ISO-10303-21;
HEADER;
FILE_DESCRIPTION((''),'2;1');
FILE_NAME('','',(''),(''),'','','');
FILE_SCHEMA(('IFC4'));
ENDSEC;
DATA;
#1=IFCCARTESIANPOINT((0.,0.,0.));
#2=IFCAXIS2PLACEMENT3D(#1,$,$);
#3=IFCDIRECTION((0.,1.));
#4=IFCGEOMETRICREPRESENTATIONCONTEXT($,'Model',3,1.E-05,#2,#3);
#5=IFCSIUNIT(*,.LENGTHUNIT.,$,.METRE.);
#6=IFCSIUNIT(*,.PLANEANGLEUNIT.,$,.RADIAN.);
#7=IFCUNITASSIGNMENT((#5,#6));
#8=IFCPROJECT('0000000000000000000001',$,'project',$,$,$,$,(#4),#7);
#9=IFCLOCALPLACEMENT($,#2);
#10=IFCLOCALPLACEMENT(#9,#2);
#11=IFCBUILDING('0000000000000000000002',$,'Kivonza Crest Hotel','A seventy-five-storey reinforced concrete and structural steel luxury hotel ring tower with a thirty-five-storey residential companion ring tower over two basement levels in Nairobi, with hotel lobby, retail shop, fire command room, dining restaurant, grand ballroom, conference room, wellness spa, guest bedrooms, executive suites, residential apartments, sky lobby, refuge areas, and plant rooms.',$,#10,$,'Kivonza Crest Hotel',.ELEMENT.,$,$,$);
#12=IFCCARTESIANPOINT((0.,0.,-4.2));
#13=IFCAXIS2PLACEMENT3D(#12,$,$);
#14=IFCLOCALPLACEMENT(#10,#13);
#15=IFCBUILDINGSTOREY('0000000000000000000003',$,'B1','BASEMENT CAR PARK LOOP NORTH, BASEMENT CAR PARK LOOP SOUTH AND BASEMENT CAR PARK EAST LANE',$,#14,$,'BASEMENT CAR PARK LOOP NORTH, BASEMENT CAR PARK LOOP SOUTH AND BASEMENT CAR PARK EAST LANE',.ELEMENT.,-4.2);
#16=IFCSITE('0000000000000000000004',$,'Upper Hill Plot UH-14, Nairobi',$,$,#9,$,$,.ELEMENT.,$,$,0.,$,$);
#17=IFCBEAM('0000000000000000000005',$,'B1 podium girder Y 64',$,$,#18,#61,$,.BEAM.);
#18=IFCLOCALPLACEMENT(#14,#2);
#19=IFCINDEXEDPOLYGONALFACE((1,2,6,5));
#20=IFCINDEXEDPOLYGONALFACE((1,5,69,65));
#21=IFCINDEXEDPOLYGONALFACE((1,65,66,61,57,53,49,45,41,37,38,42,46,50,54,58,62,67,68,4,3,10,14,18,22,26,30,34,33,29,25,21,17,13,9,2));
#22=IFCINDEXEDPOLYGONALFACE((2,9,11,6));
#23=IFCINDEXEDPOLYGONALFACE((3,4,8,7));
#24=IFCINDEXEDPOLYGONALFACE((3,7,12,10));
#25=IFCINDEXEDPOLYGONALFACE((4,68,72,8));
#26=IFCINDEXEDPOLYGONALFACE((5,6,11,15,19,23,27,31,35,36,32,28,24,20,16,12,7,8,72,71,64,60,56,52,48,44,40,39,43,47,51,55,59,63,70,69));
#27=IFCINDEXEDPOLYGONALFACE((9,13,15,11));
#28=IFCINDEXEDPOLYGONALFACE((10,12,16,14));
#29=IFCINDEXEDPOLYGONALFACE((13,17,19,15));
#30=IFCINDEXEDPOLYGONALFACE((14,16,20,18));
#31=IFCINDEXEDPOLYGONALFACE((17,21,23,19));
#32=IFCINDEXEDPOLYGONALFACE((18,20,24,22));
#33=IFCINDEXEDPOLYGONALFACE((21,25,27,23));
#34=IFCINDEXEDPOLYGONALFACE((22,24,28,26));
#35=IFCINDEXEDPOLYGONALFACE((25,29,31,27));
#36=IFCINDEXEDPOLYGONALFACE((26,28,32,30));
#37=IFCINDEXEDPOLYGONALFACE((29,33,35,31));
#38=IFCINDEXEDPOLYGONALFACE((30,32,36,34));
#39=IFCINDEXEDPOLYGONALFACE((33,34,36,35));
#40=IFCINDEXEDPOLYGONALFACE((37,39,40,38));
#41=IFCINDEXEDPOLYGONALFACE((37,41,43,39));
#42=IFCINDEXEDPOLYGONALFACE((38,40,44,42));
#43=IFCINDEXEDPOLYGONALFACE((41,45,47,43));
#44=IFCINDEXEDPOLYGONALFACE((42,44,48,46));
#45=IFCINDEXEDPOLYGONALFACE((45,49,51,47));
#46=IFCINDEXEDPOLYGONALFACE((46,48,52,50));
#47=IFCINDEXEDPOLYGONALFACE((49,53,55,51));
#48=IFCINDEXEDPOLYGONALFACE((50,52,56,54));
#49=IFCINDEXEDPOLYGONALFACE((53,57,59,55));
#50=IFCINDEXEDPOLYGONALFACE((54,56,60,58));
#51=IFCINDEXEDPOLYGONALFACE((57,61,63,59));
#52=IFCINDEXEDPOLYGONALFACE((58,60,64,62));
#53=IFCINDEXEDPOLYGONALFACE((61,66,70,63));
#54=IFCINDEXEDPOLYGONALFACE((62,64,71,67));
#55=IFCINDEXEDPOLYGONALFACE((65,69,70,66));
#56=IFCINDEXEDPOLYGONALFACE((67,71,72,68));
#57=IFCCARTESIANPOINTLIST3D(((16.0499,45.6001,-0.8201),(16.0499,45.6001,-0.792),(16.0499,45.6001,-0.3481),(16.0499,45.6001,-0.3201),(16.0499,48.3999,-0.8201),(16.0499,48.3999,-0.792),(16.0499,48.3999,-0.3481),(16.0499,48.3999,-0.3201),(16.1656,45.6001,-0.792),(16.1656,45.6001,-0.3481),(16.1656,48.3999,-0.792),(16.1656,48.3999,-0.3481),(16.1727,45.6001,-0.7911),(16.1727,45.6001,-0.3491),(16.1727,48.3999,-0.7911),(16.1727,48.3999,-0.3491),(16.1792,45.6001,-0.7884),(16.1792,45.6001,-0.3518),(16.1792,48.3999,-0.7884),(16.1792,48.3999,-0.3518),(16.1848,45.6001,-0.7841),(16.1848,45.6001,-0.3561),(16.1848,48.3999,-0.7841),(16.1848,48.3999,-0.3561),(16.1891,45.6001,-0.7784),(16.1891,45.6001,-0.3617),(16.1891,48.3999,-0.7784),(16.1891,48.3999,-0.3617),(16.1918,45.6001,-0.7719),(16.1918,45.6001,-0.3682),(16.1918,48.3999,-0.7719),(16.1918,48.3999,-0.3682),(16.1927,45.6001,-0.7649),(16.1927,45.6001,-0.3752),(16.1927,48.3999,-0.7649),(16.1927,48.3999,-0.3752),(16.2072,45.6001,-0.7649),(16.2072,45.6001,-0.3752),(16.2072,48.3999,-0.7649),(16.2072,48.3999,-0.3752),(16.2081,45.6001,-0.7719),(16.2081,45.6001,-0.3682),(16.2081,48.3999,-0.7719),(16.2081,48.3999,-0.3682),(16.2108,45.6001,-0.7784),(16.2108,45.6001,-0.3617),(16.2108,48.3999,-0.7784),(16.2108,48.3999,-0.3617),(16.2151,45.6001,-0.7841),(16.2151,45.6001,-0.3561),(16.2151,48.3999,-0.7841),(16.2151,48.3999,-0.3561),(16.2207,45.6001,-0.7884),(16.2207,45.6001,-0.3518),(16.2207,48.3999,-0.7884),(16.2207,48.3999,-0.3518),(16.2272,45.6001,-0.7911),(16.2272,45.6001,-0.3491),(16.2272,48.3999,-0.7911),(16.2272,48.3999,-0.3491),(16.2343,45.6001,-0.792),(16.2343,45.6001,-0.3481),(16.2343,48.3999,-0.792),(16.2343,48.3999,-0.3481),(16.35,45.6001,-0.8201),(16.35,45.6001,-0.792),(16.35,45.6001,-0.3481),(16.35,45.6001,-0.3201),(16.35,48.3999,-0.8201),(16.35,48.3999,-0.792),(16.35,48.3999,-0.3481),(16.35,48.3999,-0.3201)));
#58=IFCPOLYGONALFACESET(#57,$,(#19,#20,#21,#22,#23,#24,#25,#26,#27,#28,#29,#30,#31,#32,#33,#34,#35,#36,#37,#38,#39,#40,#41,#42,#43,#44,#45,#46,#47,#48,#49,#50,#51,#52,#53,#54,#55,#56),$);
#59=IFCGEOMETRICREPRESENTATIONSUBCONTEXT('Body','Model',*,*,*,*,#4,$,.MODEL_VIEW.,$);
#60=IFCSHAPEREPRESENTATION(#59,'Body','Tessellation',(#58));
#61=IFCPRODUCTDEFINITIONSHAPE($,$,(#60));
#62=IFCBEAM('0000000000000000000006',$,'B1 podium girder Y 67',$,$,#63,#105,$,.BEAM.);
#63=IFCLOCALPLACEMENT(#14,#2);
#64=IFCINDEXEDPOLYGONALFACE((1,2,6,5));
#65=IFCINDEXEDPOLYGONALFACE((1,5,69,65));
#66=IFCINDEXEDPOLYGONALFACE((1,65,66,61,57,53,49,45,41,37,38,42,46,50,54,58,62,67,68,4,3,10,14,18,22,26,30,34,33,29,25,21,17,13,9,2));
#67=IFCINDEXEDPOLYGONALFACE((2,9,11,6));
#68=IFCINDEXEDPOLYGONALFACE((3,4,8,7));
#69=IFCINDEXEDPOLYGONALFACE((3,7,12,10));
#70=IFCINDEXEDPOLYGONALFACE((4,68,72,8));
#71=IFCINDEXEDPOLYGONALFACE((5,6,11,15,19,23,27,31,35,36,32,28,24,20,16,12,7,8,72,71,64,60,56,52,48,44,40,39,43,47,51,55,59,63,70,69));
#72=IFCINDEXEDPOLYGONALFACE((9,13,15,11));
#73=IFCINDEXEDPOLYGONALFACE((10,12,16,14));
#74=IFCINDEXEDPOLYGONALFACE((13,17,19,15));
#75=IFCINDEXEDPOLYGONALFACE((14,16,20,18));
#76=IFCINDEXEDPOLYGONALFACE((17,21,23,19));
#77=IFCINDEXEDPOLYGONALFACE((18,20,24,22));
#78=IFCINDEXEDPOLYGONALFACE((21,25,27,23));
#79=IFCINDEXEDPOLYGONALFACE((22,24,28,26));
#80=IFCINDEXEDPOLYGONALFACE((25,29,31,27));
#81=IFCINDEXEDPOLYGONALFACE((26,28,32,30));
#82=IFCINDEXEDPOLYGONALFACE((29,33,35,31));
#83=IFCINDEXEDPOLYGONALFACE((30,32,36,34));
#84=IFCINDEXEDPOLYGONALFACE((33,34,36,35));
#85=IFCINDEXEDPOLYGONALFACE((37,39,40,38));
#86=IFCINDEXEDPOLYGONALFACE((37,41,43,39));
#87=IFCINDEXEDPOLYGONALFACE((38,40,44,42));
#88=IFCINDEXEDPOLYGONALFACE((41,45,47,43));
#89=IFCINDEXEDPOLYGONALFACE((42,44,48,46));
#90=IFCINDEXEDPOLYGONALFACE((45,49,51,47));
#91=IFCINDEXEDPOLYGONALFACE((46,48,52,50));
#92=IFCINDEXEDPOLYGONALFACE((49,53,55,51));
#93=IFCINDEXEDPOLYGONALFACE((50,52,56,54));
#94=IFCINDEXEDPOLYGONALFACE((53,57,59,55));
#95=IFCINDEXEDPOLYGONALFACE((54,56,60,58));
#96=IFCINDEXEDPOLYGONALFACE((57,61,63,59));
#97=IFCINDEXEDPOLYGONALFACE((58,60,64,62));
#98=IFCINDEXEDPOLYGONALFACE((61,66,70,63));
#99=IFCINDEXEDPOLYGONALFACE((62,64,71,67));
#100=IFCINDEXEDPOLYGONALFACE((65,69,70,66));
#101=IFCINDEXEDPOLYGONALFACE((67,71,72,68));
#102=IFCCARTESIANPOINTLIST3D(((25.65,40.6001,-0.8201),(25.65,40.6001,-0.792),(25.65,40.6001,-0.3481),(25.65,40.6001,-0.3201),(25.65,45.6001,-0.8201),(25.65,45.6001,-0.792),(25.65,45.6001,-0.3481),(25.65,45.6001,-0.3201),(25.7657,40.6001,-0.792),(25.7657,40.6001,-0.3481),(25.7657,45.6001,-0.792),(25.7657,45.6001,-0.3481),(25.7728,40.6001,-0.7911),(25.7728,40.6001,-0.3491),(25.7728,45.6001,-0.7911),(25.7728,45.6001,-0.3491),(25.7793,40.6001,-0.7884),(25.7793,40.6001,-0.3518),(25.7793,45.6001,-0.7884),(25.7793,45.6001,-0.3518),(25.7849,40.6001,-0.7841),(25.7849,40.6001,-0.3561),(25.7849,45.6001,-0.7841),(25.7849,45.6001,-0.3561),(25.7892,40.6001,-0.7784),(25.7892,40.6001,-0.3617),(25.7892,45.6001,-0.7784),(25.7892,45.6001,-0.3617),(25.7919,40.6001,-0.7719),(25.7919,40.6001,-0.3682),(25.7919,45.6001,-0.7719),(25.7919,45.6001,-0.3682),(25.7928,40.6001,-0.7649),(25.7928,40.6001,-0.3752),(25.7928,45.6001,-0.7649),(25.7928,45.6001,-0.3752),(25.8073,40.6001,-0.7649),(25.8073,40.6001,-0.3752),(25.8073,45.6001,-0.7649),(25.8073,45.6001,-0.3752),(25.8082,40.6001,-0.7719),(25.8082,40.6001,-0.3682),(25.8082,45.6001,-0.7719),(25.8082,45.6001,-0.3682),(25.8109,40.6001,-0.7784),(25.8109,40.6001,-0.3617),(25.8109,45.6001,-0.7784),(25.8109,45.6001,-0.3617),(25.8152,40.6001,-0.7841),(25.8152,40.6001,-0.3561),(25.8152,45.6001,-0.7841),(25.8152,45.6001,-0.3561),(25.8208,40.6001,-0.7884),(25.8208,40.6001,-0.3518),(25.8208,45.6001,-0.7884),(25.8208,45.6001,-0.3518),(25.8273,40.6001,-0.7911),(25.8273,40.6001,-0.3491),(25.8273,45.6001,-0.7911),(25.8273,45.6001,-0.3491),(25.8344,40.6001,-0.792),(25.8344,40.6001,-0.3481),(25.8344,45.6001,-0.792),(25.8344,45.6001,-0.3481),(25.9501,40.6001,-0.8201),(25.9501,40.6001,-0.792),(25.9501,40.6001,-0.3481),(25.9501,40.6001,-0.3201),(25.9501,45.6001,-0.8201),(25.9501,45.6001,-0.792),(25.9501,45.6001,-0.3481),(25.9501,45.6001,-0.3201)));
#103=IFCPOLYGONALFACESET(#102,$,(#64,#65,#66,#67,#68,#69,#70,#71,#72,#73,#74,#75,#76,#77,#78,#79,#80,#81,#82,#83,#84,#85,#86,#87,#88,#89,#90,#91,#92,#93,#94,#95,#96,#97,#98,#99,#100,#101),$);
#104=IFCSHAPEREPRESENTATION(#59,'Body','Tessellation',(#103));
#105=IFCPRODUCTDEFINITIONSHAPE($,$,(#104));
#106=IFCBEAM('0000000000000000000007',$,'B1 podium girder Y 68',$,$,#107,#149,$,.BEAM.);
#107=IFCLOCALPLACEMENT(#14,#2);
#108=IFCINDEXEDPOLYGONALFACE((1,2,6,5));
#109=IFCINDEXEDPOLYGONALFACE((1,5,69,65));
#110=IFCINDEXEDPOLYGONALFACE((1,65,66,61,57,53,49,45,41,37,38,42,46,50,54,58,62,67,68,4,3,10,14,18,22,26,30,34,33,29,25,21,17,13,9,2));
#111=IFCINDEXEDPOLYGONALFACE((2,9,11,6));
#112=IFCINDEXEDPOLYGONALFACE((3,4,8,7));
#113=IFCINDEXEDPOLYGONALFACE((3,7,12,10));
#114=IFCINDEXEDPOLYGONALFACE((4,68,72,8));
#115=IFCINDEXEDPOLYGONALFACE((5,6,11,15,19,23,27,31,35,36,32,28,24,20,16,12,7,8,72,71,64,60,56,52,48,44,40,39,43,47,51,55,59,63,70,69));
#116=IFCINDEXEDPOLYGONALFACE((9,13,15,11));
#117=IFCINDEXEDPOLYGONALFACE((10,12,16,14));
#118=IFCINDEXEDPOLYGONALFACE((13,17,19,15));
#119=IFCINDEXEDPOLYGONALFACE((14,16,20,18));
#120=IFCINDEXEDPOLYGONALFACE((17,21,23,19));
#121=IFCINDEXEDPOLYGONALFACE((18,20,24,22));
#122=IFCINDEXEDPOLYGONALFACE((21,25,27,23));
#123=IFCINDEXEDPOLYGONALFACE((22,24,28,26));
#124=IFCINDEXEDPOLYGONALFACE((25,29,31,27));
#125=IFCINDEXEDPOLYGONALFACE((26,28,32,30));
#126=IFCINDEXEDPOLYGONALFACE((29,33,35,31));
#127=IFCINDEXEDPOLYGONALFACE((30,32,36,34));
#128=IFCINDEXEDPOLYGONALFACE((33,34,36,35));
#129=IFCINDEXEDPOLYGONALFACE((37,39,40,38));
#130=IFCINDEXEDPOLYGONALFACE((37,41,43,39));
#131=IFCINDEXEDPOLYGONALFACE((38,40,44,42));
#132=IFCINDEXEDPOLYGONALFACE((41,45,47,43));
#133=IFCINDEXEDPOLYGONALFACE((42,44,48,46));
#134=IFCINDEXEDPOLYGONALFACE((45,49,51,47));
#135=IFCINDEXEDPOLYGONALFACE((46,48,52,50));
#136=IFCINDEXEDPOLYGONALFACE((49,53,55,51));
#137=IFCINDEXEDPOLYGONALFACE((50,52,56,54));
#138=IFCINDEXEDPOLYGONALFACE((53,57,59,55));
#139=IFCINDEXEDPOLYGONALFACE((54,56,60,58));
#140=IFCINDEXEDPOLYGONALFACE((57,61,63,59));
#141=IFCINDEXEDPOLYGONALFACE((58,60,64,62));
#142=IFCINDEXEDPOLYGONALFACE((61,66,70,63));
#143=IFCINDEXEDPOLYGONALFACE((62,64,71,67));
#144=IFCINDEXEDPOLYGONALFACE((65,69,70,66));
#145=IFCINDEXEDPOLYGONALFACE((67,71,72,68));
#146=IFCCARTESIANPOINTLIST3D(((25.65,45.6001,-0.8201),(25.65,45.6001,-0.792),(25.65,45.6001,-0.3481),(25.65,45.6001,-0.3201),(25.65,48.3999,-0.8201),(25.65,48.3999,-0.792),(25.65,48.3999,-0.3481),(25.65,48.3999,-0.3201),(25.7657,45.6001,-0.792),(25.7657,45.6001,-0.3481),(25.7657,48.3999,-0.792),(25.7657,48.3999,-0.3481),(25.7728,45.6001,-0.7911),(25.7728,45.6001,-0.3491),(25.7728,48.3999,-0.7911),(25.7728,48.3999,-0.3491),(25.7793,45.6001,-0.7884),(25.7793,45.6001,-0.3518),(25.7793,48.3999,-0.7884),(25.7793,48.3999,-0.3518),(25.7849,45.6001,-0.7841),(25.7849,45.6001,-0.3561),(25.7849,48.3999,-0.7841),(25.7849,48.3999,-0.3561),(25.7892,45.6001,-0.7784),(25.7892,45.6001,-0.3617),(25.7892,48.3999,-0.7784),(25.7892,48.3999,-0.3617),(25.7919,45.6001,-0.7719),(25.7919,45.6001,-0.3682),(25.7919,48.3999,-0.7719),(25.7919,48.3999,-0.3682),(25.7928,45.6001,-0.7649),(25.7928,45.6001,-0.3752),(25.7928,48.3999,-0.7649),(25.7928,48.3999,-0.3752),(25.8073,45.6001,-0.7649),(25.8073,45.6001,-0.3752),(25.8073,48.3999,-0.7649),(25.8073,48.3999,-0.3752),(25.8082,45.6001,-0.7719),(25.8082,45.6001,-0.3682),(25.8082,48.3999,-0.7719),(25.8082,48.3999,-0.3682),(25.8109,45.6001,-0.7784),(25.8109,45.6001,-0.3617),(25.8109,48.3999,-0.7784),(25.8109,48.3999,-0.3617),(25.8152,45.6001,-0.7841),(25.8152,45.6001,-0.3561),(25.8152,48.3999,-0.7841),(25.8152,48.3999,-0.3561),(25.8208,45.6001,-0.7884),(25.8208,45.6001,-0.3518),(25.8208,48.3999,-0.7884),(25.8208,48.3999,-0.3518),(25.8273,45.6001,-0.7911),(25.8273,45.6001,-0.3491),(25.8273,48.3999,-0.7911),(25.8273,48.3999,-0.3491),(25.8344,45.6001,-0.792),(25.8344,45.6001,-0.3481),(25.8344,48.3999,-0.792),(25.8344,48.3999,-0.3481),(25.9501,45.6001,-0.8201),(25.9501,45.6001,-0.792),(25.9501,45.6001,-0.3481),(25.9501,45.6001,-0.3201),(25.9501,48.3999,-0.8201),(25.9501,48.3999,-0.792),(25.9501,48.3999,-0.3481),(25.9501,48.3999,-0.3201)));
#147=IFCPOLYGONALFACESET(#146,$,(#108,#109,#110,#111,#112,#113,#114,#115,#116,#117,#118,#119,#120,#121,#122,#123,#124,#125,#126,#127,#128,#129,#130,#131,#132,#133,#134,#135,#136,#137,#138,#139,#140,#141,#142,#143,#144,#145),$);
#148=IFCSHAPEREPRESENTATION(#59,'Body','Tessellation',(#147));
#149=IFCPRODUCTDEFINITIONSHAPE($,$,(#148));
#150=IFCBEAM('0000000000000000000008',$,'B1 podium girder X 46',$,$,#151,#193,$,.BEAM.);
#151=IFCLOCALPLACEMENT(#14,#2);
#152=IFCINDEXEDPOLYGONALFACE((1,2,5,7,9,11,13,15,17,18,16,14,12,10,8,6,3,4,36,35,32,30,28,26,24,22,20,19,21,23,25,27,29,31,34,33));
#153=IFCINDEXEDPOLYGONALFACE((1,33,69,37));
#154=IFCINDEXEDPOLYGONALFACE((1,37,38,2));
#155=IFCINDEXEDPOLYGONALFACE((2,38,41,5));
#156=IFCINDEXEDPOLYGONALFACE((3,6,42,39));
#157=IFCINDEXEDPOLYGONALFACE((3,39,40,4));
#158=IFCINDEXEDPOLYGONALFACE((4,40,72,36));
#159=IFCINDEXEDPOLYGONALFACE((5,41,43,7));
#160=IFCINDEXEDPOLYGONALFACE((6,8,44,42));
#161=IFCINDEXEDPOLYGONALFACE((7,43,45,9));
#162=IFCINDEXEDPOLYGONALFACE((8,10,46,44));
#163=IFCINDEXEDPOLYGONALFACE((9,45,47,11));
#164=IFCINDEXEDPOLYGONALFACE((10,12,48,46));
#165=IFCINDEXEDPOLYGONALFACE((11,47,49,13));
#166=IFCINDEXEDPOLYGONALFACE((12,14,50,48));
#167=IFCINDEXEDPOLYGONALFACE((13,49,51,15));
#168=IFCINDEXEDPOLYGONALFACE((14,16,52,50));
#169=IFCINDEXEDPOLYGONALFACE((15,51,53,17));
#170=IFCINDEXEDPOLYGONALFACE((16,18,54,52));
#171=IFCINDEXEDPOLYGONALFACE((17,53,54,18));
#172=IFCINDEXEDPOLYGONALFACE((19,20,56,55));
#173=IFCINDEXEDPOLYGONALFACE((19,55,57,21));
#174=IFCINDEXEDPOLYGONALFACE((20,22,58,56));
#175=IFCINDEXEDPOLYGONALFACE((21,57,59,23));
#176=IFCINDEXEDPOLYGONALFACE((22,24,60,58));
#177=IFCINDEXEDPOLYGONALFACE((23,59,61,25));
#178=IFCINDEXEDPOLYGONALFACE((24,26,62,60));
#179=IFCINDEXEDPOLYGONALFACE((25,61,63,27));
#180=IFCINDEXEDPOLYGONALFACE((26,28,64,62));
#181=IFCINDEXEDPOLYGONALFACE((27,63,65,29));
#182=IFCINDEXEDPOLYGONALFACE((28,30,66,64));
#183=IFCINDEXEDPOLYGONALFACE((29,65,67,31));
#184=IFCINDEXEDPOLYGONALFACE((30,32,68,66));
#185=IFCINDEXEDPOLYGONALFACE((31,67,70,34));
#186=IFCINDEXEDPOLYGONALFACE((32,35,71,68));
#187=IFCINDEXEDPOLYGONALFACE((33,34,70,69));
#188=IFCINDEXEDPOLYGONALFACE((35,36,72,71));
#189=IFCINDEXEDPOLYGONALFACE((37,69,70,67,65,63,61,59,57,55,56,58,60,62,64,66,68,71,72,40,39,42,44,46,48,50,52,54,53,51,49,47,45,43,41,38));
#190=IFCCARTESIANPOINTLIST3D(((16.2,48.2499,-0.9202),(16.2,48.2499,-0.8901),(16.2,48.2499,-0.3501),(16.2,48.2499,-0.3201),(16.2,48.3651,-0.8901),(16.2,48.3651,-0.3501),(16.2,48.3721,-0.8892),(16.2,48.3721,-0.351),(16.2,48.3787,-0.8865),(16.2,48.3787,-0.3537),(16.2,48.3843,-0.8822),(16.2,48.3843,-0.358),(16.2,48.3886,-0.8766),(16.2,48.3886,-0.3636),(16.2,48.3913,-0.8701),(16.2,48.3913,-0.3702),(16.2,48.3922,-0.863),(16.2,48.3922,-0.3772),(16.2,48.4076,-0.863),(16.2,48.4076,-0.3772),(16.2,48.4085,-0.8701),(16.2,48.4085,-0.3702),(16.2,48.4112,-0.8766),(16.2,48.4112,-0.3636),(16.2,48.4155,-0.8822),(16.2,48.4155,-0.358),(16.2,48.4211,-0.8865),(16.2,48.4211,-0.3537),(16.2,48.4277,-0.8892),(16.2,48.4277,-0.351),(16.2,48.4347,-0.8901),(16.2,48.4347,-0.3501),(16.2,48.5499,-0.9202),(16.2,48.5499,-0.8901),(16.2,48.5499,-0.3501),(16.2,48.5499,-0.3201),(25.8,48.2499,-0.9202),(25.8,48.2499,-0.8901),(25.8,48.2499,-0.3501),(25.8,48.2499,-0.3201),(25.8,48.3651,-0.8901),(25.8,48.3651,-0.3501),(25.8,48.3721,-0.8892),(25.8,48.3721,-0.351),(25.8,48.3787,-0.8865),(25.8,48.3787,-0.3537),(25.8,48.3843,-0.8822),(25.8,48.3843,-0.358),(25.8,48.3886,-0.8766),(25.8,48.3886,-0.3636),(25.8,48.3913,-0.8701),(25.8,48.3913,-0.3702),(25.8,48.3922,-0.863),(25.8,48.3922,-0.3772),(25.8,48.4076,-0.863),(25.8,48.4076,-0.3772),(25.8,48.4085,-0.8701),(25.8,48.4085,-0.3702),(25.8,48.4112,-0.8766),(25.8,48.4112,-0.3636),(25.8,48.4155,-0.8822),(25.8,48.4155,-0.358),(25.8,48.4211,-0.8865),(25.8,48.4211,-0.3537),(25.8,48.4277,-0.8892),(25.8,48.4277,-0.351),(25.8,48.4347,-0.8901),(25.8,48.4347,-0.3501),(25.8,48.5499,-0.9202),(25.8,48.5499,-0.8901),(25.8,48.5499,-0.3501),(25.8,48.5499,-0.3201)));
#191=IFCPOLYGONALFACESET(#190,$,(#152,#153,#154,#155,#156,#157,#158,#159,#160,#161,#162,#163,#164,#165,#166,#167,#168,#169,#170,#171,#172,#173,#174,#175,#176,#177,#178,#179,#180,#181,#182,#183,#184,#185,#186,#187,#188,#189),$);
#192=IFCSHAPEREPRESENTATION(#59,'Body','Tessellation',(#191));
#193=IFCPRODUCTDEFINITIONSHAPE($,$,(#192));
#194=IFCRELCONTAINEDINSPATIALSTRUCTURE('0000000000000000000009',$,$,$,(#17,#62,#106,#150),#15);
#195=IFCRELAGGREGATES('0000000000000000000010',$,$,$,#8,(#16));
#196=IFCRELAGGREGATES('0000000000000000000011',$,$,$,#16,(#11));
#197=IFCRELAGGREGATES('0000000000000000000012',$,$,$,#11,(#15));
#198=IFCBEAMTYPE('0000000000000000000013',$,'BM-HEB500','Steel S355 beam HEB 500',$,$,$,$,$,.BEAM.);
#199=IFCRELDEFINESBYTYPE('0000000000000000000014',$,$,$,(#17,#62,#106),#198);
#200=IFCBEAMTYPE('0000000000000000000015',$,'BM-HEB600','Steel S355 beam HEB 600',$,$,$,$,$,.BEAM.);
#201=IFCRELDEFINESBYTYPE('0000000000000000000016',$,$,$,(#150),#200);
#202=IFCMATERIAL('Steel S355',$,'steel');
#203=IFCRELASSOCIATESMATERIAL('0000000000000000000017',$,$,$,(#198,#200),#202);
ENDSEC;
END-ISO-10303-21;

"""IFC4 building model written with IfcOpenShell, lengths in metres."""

from ifc_helpers import new_model, si_unit, direction, frame, origin, origin_2d, place, context, subcontext, project, spatial, i_section, extrude, material, material_profile, profile_set, type_object, element, save


model = new_model("IFC4")

# Units and contexts
model_context = context("Model", 3, precision=1e-05, world=origin(), true_north=direction((0.0, 1.0)))
body_context = subcontext(model_context, "Body", "Model", "MODEL_VIEW")
ifc_project = project(units=[si_unit("LENGTHUNIT", "METRE"), si_unit("PLANEANGLEUNIT", "RADIAN")], contexts=[model_context])

# Site, building, storey
site_placement = place(None, origin())
site = spatial("IfcSite", under=ifc_project, at=site_placement, Name="Upper Hill Plot UH-14, Nairobi", CompositionType="ELEMENT", RefElevation=0.0)
building_placement = place(site_placement, origin())
building = spatial("IfcBuilding", under=site, at=building_placement, Name="Kivonza Crest Hotel", Description="A seventy-five-storey reinforced concrete and structural steel luxury hotel ring tower with a thirty-five-storey residential companion ring tower over two basement levels in Nairobi, with hotel lobby, retail shop, fire command room, dining restaurant, grand ballroom, conference room, wellness spa, guest bedrooms, executive suites, residential apartments, sky lobby, refuge areas, and plant rooms.", LongName="Kivonza Crest Hotel", CompositionType="ELEMENT")
storey_placement = place(building_placement, frame((0.0, 0.0, -4.2)))
storey = spatial("IfcBuildingStorey", under=building, at=storey_placement, Name="B1", Description="BASEMENT CAR PARK LOOP NORTH, BASEMENT CAR PARK LOOP SOUTH AND BASEMENT CAR PARK EAST LANE", LongName="BASEMENT CAR PARK LOOP NORTH, BASEMENT CAR PARK LOOP SOUTH AND BASEMENT CAR PARK EAST LANE", CompositionType="ELEMENT", Elevation=-4.2)

# Beams
ifc_material_1 = material(Name="Steel S355", Category="steel")
ifc_material_profile_1 = material_profile(ifc_material_1, i_section(OverallWidth=0.3, OverallDepth=0.5, WebThickness=0.0144, FlangeThickness=0.0281, FilletRadius=0.0271, at=origin_2d()), Name="HEB 500")
ifc_profile_set_1 = profile_set([ifc_material_profile_1], Name="Steel S355")
beam_type_1 = type_object("IfcBeamType", Name="BM-HEB500", Description="Steel S355 beam HEB 500", PredefinedType="BEAM", material=ifc_profile_set_1)
beam_1_placement = place(storey_placement, frame((16.2, 45.6001, -0.5701), z_axis=(0.0, 1.0, 0.0), x_axis=(-1.0, 0.0, 0.0)))
element("IfcBeam", 1, at=beam_1_placement, inside=storey, type_object=beam_type_1, Name="B1 podium girder Y 64", PredefinedType="BEAM", context=body_context, shape_type="SweptSolid", body=[
    extrude(i_section(OverallWidth=0.3, OverallDepth=0.5, WebThickness=0.0144, FlangeThickness=0.0281, FilletRadius=0.0271, at=origin_2d()), origin(), (0.0, 0.0, 1.0), 2.7998),
])
beam_2_placement = place(storey_placement, frame((25.8, 40.6001, -0.5701), z_axis=(0.0, 1.0, 0.0), x_axis=(-1.0, 0.0, 0.0)))
element("IfcBeam", 2, at=beam_2_placement, inside=storey, type_object=beam_type_1, Name="B1 podium girder Y 67", PredefinedType="BEAM", context=body_context, shape_type="SweptSolid", body=[
    extrude(i_section(OverallWidth=0.3, OverallDepth=0.5, WebThickness=0.0144, FlangeThickness=0.0281, FilletRadius=0.0271, at=origin_2d()), origin(), (0.0, 0.0, 1.0), 5.0),
])
beam_3_placement = place(storey_placement, frame((25.8, 45.6001, -0.5701), z_axis=(0.0, 1.0, 0.0), x_axis=(-1.0, 0.0, 0.0)))
element("IfcBeam", 3, at=beam_3_placement, inside=storey, type_object=beam_type_1, Name="B1 podium girder Y 68", PredefinedType="BEAM", context=body_context, shape_type="SweptSolid", body=[
    extrude(i_section(OverallWidth=0.3, OverallDepth=0.5, WebThickness=0.0144, FlangeThickness=0.0281, FilletRadius=0.0271, at=origin_2d()), origin(), (0.0, 0.0, 1.0), 2.7998),
])
ifc_material_profile_2 = material_profile(ifc_material_1, i_section(OverallWidth=0.3, OverallDepth=0.6001, WebThickness=0.0154, FlangeThickness=0.03, FilletRadius=0.0271, at=origin_2d()), Name="HEB 600")
ifc_profile_set_2 = profile_set([ifc_material_profile_2], Name="Steel S355")
beam_type_2 = type_object("IfcBeamType", Name="BM-HEB600", Description="Steel S355 beam HEB 600", PredefinedType="BEAM", material=ifc_profile_set_2)
beam_4_placement = place(storey_placement, frame((16.2, 48.3999, -0.6201), z_axis=(1.0, 0.0, 0.0), x_axis=(0.0, 1.0, 0.0)))
element("IfcBeam", 4, at=beam_4_placement, inside=storey, type_object=beam_type_2, Name="B1 podium girder X 46", PredefinedType="BEAM", context=body_context, shape_type="SweptSolid", body=[
    extrude(i_section(OverallWidth=0.3, OverallDepth=0.6001, WebThickness=0.0154, FlangeThickness=0.03, FilletRadius=0.0271, at=origin_2d()), origin(), (0.0, 0.0, 1.0), 9.6001),
])

save(model, "model.ifc")
